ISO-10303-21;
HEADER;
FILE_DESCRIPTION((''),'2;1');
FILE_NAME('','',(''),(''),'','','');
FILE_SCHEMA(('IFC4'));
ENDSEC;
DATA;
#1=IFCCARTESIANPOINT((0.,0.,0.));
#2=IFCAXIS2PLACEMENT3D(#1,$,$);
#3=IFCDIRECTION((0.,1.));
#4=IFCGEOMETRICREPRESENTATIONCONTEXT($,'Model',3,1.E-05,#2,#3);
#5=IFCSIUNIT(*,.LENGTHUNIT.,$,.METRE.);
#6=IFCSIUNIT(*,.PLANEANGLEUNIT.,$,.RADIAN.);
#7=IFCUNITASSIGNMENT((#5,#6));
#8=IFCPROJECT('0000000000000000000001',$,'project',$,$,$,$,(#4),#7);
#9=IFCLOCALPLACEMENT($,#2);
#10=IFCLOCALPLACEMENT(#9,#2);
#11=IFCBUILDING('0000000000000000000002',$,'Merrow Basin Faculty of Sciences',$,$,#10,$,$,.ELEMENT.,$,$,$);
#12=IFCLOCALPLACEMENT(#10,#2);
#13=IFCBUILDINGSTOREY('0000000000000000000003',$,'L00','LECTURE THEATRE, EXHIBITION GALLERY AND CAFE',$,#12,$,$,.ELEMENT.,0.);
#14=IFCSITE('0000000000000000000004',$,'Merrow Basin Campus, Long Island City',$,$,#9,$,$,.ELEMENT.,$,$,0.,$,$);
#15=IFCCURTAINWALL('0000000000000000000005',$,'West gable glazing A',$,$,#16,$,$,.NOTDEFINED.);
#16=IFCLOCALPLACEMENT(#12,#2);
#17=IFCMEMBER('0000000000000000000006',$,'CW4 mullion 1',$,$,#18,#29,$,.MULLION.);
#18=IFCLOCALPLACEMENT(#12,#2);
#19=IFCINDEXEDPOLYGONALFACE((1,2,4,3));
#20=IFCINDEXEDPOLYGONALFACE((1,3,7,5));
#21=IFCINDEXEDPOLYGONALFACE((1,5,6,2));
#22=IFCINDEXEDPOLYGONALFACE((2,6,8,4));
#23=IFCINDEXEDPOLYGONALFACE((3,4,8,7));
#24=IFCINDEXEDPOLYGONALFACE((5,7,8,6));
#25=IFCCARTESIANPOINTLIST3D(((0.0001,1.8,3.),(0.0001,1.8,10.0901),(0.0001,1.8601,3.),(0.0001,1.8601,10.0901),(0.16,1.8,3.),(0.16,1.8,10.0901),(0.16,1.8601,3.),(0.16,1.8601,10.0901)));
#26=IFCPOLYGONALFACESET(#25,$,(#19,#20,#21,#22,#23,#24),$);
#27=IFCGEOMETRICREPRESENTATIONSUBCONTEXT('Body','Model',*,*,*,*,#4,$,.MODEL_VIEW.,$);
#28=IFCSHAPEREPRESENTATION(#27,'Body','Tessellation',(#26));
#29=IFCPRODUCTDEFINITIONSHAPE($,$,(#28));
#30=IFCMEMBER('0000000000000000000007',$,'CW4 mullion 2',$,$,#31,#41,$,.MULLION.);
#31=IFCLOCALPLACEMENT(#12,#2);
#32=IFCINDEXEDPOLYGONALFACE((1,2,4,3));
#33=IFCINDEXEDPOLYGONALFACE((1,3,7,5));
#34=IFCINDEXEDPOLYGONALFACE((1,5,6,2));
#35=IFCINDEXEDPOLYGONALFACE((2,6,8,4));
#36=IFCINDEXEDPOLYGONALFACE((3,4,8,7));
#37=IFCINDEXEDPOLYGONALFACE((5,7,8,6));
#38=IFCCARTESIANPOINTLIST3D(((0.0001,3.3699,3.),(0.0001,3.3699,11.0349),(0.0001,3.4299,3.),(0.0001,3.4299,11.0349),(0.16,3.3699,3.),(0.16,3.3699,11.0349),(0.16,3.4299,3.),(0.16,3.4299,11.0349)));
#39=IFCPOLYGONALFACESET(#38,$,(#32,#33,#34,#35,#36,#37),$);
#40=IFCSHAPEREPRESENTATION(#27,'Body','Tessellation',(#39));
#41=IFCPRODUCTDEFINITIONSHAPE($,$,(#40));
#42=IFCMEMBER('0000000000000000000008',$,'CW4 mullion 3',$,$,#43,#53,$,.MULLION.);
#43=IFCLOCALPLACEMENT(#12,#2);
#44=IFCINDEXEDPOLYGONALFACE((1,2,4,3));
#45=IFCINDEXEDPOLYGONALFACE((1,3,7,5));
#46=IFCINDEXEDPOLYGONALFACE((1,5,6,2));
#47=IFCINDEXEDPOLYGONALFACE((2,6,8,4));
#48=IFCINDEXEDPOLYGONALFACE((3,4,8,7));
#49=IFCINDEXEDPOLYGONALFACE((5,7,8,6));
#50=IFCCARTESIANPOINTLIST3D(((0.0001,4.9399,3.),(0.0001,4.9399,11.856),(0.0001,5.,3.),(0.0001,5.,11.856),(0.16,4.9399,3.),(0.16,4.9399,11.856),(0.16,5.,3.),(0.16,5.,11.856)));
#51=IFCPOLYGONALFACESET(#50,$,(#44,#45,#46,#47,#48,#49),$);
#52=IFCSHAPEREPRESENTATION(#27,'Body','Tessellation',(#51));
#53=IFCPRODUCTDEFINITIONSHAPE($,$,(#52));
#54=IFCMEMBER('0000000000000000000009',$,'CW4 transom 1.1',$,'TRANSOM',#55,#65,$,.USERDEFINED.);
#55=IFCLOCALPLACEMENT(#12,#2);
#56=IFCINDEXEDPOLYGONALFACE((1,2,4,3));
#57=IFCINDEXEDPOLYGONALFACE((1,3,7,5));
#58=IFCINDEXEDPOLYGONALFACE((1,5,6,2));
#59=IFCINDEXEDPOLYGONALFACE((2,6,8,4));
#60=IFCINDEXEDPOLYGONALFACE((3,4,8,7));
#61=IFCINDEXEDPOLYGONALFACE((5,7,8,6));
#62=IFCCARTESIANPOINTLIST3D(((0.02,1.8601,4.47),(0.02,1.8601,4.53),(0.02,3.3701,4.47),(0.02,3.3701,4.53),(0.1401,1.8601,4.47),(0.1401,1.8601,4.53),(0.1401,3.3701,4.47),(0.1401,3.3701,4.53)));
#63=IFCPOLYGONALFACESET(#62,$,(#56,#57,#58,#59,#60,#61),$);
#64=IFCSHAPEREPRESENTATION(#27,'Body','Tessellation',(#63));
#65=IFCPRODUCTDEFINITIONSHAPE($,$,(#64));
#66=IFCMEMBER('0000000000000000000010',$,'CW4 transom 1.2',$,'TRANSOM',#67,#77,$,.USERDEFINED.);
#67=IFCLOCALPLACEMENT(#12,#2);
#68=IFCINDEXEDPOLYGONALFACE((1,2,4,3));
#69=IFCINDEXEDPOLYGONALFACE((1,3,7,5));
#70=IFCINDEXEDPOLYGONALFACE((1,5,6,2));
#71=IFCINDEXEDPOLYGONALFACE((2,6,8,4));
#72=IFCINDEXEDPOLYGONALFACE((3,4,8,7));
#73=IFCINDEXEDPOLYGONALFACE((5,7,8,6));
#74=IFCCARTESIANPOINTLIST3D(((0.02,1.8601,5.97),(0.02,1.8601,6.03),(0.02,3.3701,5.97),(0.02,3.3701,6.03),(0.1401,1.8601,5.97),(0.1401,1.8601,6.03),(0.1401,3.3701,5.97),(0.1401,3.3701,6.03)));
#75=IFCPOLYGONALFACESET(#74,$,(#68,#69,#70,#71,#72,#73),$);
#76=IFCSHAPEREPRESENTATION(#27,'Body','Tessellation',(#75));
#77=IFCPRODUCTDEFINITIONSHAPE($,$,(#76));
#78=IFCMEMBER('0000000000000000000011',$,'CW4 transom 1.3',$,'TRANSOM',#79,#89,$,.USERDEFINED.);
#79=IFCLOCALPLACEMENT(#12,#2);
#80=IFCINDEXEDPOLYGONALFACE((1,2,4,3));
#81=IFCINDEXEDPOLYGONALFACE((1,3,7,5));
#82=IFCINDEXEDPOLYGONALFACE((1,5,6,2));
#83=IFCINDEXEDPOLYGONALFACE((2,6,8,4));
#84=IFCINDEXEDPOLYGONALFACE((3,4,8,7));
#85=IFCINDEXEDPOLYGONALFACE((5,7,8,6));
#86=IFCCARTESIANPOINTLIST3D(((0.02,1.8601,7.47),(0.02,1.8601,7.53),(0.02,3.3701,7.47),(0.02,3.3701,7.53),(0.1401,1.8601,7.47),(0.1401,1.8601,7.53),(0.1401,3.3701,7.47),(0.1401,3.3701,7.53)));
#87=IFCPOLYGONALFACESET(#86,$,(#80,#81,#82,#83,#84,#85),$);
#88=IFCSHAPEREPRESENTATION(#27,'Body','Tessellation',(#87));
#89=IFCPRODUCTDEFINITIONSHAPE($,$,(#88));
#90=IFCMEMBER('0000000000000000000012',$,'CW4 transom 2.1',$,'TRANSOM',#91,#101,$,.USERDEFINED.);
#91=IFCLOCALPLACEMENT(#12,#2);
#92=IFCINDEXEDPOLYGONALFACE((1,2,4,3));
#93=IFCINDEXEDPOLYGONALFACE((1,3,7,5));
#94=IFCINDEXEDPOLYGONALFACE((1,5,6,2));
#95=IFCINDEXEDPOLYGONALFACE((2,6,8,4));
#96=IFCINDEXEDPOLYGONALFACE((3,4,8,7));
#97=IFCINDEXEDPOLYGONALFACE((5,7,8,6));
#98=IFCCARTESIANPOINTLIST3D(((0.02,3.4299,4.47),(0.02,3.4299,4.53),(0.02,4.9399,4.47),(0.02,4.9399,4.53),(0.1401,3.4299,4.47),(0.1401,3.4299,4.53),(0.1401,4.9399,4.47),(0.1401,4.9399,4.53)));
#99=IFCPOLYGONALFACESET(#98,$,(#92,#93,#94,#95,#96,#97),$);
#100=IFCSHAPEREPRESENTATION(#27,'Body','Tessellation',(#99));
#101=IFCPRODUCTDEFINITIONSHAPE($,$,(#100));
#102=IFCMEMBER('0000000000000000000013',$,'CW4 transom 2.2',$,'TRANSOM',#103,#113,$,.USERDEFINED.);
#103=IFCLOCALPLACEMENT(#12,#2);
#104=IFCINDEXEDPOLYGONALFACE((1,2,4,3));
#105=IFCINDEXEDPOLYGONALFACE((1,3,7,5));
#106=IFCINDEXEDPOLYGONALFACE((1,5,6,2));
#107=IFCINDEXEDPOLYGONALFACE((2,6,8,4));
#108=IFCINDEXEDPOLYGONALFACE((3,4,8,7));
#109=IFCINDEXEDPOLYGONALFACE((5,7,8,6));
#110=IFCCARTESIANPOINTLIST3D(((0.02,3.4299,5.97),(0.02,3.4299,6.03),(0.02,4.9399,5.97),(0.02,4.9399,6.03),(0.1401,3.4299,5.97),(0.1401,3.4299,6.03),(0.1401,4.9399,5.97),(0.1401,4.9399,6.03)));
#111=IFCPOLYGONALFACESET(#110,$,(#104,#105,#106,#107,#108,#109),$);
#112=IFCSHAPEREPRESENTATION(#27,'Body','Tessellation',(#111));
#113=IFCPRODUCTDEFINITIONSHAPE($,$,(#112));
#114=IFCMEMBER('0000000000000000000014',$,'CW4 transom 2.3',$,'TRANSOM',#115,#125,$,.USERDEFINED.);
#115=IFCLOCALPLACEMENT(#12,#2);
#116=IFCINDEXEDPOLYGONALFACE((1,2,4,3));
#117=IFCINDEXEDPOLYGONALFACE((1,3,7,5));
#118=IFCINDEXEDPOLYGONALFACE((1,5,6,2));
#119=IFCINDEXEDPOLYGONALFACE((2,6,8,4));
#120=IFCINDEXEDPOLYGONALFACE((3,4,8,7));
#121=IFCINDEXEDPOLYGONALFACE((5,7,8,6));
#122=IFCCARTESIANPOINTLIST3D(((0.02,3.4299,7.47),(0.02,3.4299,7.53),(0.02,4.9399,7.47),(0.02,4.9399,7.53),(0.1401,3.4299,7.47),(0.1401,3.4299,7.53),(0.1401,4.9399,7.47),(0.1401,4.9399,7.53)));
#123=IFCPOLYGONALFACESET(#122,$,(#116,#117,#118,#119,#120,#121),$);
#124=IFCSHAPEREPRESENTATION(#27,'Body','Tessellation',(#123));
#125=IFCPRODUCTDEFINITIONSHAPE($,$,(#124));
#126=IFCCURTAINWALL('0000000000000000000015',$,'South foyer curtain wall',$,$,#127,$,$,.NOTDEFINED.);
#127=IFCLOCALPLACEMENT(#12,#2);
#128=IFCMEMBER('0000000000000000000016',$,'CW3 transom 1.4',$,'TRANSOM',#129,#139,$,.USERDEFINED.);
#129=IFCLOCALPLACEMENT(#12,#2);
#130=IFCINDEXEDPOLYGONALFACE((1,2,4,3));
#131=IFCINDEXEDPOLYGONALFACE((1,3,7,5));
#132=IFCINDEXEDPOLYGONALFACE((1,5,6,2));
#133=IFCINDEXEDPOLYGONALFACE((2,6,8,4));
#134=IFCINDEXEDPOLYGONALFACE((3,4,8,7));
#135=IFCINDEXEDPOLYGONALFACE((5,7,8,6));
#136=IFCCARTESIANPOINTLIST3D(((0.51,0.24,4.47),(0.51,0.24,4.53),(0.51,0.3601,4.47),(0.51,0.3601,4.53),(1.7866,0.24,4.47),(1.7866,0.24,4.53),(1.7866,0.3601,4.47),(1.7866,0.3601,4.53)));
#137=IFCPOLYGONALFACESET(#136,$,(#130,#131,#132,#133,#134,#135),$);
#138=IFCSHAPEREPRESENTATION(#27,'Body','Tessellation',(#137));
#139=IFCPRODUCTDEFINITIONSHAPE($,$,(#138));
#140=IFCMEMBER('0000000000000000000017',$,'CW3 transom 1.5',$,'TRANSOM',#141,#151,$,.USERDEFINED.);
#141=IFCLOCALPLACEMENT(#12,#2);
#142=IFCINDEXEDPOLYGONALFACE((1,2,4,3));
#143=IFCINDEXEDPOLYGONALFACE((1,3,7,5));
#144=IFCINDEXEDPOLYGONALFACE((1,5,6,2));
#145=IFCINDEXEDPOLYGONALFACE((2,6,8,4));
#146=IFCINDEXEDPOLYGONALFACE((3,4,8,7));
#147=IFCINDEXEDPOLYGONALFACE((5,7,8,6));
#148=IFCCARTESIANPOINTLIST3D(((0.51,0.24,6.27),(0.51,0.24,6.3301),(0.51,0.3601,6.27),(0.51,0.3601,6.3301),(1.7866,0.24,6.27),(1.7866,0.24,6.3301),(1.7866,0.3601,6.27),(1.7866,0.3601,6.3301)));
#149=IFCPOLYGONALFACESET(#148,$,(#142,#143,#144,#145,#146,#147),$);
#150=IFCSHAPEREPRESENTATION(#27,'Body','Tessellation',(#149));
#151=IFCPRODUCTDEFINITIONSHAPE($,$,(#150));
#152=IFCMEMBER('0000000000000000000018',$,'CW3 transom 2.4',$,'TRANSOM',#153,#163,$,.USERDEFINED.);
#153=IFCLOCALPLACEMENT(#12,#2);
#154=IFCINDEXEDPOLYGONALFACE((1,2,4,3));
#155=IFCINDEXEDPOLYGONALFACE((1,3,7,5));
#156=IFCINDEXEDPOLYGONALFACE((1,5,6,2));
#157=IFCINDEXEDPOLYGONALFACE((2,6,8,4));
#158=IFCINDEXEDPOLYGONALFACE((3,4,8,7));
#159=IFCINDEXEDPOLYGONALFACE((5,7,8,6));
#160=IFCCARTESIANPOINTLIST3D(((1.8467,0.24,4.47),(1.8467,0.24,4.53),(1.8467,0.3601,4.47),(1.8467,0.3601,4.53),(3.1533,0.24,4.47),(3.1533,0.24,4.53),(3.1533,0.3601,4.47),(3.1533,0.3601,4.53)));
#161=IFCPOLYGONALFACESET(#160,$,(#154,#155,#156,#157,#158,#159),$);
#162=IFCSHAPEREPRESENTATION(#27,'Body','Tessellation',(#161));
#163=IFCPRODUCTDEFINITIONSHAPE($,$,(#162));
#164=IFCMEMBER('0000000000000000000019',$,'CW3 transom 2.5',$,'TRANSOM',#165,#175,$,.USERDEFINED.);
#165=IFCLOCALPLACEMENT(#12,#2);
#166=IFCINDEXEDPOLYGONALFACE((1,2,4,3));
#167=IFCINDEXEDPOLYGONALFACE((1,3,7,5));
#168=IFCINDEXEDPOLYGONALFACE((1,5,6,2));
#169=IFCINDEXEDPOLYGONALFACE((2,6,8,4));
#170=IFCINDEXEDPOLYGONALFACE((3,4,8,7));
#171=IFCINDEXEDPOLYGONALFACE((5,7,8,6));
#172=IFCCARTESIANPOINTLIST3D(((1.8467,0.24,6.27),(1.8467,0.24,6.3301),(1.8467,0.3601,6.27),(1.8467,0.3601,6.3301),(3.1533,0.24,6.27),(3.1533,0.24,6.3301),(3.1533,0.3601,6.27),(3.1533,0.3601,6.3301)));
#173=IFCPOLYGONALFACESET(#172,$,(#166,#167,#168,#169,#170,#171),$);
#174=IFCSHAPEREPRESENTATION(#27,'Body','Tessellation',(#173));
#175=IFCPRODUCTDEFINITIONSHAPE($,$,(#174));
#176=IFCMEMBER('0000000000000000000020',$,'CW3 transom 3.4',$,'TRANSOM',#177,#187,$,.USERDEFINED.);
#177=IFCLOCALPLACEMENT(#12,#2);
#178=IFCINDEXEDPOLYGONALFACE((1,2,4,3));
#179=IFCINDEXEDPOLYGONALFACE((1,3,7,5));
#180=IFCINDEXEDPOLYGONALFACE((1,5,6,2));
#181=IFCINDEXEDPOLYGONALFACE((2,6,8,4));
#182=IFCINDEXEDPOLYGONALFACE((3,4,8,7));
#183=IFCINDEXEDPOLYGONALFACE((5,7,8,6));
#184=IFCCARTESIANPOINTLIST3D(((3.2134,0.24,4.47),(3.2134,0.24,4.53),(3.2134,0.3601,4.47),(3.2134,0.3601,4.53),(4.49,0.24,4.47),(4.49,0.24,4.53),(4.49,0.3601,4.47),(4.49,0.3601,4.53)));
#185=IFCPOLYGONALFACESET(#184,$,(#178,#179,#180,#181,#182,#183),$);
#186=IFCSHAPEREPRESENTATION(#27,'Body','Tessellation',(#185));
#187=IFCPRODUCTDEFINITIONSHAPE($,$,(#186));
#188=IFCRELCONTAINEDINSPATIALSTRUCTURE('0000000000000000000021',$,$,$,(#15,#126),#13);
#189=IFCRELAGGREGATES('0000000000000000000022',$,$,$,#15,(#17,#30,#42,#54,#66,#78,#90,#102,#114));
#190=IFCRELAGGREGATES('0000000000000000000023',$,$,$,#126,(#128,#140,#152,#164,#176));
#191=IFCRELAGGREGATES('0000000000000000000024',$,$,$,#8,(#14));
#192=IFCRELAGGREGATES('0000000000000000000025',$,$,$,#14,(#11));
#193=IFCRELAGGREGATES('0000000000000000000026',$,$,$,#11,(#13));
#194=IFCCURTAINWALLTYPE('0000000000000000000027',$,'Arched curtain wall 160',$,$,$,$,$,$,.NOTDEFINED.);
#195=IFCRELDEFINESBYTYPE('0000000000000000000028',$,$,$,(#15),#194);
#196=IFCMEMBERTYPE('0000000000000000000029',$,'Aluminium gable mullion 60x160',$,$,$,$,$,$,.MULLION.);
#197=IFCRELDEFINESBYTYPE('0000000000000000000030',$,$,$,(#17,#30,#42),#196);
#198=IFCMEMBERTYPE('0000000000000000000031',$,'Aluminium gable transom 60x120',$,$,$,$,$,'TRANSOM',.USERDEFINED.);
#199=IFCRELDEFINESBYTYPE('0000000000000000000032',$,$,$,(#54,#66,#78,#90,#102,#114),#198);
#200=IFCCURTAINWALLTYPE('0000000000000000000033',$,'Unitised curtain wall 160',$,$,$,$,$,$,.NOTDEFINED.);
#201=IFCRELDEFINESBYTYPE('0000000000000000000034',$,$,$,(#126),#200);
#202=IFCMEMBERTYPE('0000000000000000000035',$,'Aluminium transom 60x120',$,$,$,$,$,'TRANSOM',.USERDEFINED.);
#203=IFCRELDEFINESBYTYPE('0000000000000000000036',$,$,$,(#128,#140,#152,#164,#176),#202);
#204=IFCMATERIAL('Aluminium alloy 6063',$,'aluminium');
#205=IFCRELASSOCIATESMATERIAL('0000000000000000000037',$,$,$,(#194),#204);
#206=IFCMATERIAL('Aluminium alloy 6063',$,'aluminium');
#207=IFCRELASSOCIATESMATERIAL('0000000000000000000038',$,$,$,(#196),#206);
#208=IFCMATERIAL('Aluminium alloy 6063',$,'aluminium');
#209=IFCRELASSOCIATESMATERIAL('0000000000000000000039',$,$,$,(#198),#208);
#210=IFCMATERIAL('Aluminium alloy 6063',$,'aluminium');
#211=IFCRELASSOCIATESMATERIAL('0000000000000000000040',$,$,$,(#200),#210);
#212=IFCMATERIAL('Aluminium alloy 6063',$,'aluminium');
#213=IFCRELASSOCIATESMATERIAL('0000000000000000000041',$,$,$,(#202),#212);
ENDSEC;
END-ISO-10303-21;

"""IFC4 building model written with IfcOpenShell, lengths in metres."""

from ifc_helpers import new_model, si_unit, direction, frame, origin, origin_2d, place, context, subcontext, project, spatial, rectangle, extrude, material, material_profile, profile_set, type_object, element, aggregate, save


model = new_model("IFC4")

# Units and contexts
model_context = context("Model", 3, precision=1e-05, world=origin(), true_north=direction((0.0, 1.0)))
body_context = subcontext(model_context, "Body", "Model", "MODEL_VIEW")
ifc_project = project(units=[si_unit("LENGTHUNIT", "METRE"), si_unit("PLANEANGLEUNIT", "RADIAN")], contexts=[model_context])

# Site, building, storey
site_placement = place(None, origin())
site = spatial("IfcSite", under=ifc_project, at=site_placement, Name="Merrow Basin Campus, Long Island City", CompositionType="ELEMENT", RefElevation=0.0)
building_placement = place(site_placement, origin())
building = spatial("IfcBuilding", under=site, at=building_placement, Name="Merrow Basin Faculty of Sciences", CompositionType="ELEMENT")
storey_placement = place(building_placement, origin())
storey = spatial("IfcBuildingStorey", under=building, at=storey_placement, Name="L00", Description="LECTURE THEATRE, EXHIBITION GALLERY AND CAFE", CompositionType="ELEMENT", Elevation=0.0)

# Curtain walls, members
ifc_material_1 = material(Name="Aluminium alloy 6063", Category="aluminium")
curtain_wall_type_1 = type_object("IfcCurtainWallType", Name="Arched curtain wall 160", PredefinedType="NOTDEFINED", material=ifc_material_1)
curtain_wall_1_placement = place(storey_placement, origin())
curtain_wall_1 = element("IfcCurtainWall", 1, at=curtain_wall_1_placement, inside=storey, type_object=curtain_wall_type_1, Name="West gable glazing A", PredefinedType="NOTDEFINED")
ifc_material_2 = material(Name="Aluminium alloy 6063", Category="aluminium")
ifc_material_profile_1 = material_profile(ifc_material_2, rectangle(XDim=0.1599, YDim=0.0601, at=origin_2d()))
ifc_profile_set_1 = profile_set([ifc_material_profile_1], Name="Aluminium alloy 6063")
member_type_1 = type_object("IfcMemberType", Name="Aluminium gable mullion 60x160", PredefinedType="MULLION", material=ifc_profile_set_1)
member_1_placement = place(storey_placement, frame((0.0801, 1.8301, 3.0), z_axis=(0.0, 0.0, 1.0), x_axis=(1.0, 0.0, 0.0)))
member_1 = element("IfcMember", 2, at=member_1_placement, type_object=member_type_1, Name="CW4 mullion 1", PredefinedType="MULLION", context=body_context, shape_type="SweptSolid", body=[
    extrude(rectangle(XDim=0.1599, YDim=0.0601, at=origin_2d()), origin(), (0.0, 0.0, 1.0), 7.0901),
])
member_2_placement = place(storey_placement, frame((0.0801, 3.3999, 3.0), z_axis=(0.0, 0.0, 1.0), x_axis=(1.0, 0.0, 0.0)))
member_2 = element("IfcMember", 3, at=member_2_placement, type_object=member_type_1, Name="CW4 mullion 2", PredefinedType="MULLION", context=body_context, shape_type="SweptSolid", body=[
    extrude(rectangle(XDim=0.1599, YDim=0.0601, at=origin_2d()), origin(), (0.0, 0.0, 1.0), 8.0349),
])
member_3_placement = place(storey_placement, frame((0.0801, 4.97, 3.0), z_axis=(0.0, 0.0, 1.0), x_axis=(1.0, 0.0, 0.0)))
member_3 = element("IfcMember", 4, at=member_3_placement, type_object=member_type_1, Name="CW4 mullion 3", PredefinedType="MULLION", context=body_context, shape_type="SweptSolid", body=[
    extrude(rectangle(XDim=0.1599, YDim=0.0601, at=origin_2d()), origin(), (0.0, 0.0, 1.0), 8.856),
])
ifc_material_3 = material(Name="Aluminium alloy 6063", Category="aluminium")
ifc_material_profile_2 = material_profile(ifc_material_3, rectangle(XDim=0.1201, YDim=0.0601, at=origin_2d()))
ifc_profile_set_2 = profile_set([ifc_material_profile_2], Name="Aluminium alloy 6063")
member_type_2 = type_object("IfcMemberType", Name="Aluminium gable transom 60x120", ElementType="TRANSOM", PredefinedType="USERDEFINED", material=ifc_profile_set_2)
member_4_placement = place(storey_placement, frame((0.0801, 1.8601, 4.5), z_axis=(0.0, 1.0, 0.0), x_axis=(-1.0, 0.0, 0.0)))
member_4 = element("IfcMember", 5, at=member_4_placement, type_object=member_type_2, Name="CW4 transom 1.1", ObjectType="TRANSOM", PredefinedType="USERDEFINED", context=body_context, shape_type="SweptSolid", body=[
    extrude(rectangle(XDim=0.1201, YDim=0.0601, at=origin_2d()), origin(), (0.0, 0.0, 1.0), 1.51),
])
member_5_placement = place(storey_placement, frame((0.0801, 1.8601, 6.0), z_axis=(0.0, 1.0, 0.0), x_axis=(-1.0, 0.0, 0.0)))
member_5 = element("IfcMember", 6, at=member_5_placement, type_object=member_type_2, Name="CW4 transom 1.2", ObjectType="TRANSOM", PredefinedType="USERDEFINED", context=body_context, shape_type="SweptSolid", body=[
    extrude(rectangle(XDim=0.1201, YDim=0.0601, at=origin_2d()), origin(), (0.0, 0.0, 1.0), 1.51),
])
member_6_placement = place(storey_placement, frame((0.0801, 1.8601, 7.5), z_axis=(0.0, 1.0, 0.0), x_axis=(-1.0, 0.0, 0.0)))
member_6 = element("IfcMember", 7, at=member_6_placement, type_object=member_type_2, Name="CW4 transom 1.3", ObjectType="TRANSOM", PredefinedType="USERDEFINED", context=body_context, shape_type="SweptSolid", body=[
    extrude(rectangle(XDim=0.1201, YDim=0.0601, at=origin_2d()), origin(), (0.0, 0.0, 1.0), 1.51),
])
member_7_placement = place(storey_placement, frame((0.0801, 3.4299, 4.5), z_axis=(0.0, 1.0, 0.0), x_axis=(-1.0, 0.0, 0.0)))
member_7 = element("IfcMember", 8, at=member_7_placement, type_object=member_type_2, Name="CW4 transom 2.1", ObjectType="TRANSOM", PredefinedType="USERDEFINED", context=body_context, shape_type="SweptSolid", body=[
    extrude(rectangle(XDim=0.1201, YDim=0.0601, at=origin_2d()), origin(), (0.0, 0.0, 1.0), 1.51),
])
member_8_placement = place(storey_placement, frame((0.0801, 3.4299, 6.0), z_axis=(0.0, 1.0, 0.0), x_axis=(-1.0, 0.0, 0.0)))
member_8 = element("IfcMember", 9, at=member_8_placement, type_object=member_type_2, Name="CW4 transom 2.2", ObjectType="TRANSOM", PredefinedType="USERDEFINED", context=body_context, shape_type="SweptSolid", body=[
    extrude(rectangle(XDim=0.1201, YDim=0.0601, at=origin_2d()), origin(), (0.0, 0.0, 1.0), 1.51),
])
member_9_placement = place(storey_placement, frame((0.0801, 3.4299, 7.5), z_axis=(0.0, 1.0, 0.0), x_axis=(-1.0, 0.0, 0.0)))
member_9 = element("IfcMember", 10, at=member_9_placement, type_object=member_type_2, Name="CW4 transom 2.3", ObjectType="TRANSOM", PredefinedType="USERDEFINED", context=body_context, shape_type="SweptSolid", body=[
    extrude(rectangle(XDim=0.1201, YDim=0.0601, at=origin_2d()), origin(), (0.0, 0.0, 1.0), 1.51),
])
ifc_material_4 = material(Name="Aluminium alloy 6063", Category="aluminium")
curtain_wall_type_2 = type_object("IfcCurtainWallType", Name="Unitised curtain wall 160", PredefinedType="NOTDEFINED", material=ifc_material_4)
curtain_wall_2_placement = place(storey_placement, origin())
curtain_wall_2 = element("IfcCurtainWall", 11, at=curtain_wall_2_placement, inside=storey, type_object=curtain_wall_type_2, Name="South foyer curtain wall", PredefinedType="NOTDEFINED")
ifc_material_5 = material(Name="Aluminium alloy 6063", Category="aluminium")
ifc_material_profile_3 = material_profile(ifc_material_5, rectangle(XDim=0.1201, YDim=0.0601, at=origin_2d()))
ifc_profile_set_3 = profile_set([ifc_material_profile_3], Name="Aluminium alloy 6063")
member_type_3 = type_object("IfcMemberType", Name="Aluminium transom 60x120", ElementType="TRANSOM", PredefinedType="USERDEFINED", material=ifc_profile_set_3)
member_10_placement = place(storey_placement, frame((0.51, 0.3, 4.5), z_axis=(1.0, 0.0, 0.0), x_axis=(0.0, 1.0, 0.0)))
member_10 = element("IfcMember", 12, at=member_10_placement, type_object=member_type_3, Name="CW3 transom 1.4", ObjectType="TRANSOM", PredefinedType="USERDEFINED", context=body_context, shape_type="SweptSolid", body=[
    extrude(rectangle(XDim=0.1201, YDim=0.0601, at=origin_2d()), origin(), (0.0, 0.0, 1.0), 1.2766),
])
member_11_placement = place(storey_placement, frame((0.51, 0.3, 6.3), z_axis=(1.0, 0.0, 0.0), x_axis=(0.0, 1.0, 0.0)))
member_11 = element("IfcMember", 13, at=member_11_placement, type_object=member_type_3, Name="CW3 transom 1.5", ObjectType="TRANSOM", PredefinedType="USERDEFINED", context=body_context, shape_type="SweptSolid", body=[
    extrude(rectangle(XDim=0.1201, YDim=0.0601, at=origin_2d()), origin(), (0.0, 0.0, 1.0), 1.2766),
])
member_12_placement = place(storey_placement, frame((1.8467, 0.3, 4.5), z_axis=(1.0, 0.0, 0.0), x_axis=(0.0, 1.0, 0.0)))
member_12 = element("IfcMember", 14, at=member_12_placement, type_object=member_type_3, Name="CW3 transom 2.4", ObjectType="TRANSOM", PredefinedType="USERDEFINED", context=body_context, shape_type="SweptSolid", body=[
    extrude(rectangle(XDim=0.1201, YDim=0.0601, at=origin_2d()), origin(), (0.0, 0.0, 1.0), 1.3066),
])
member_13_placement = place(storey_placement, frame((1.8467, 0.3, 6.3), z_axis=(1.0, 0.0, 0.0), x_axis=(0.0, 1.0, 0.0)))
member_13 = element("IfcMember", 15, at=member_13_placement, type_object=member_type_3, Name="CW3 transom 2.5", ObjectType="TRANSOM", PredefinedType="USERDEFINED", context=body_context, shape_type="SweptSolid", body=[
    extrude(rectangle(XDim=0.1201, YDim=0.0601, at=origin_2d()), origin(), (0.0, 0.0, 1.0), 1.3066),
])
member_14_placement = place(storey_placement, frame((3.2134, 0.3, 4.5), z_axis=(1.0, 0.0, 0.0), x_axis=(0.0, 1.0, 0.0)))
member_14 = element("IfcMember", 16, at=member_14_placement, type_object=member_type_3, Name="CW3 transom 3.4", ObjectType="TRANSOM", PredefinedType="USERDEFINED", context=body_context, shape_type="SweptSolid", body=[
    extrude(rectangle(XDim=0.1201, YDim=0.0601, at=origin_2d()), origin(), (0.0, 0.0, 1.0), 1.2766),
])

aggregate(curtain_wall_1, [member_1, member_2, member_3, member_4, member_5, member_6, member_7, member_8, member_9])
aggregate(curtain_wall_2, [member_10, member_11, member_12, member_13, member_14])

save(model, "model.ifc")
